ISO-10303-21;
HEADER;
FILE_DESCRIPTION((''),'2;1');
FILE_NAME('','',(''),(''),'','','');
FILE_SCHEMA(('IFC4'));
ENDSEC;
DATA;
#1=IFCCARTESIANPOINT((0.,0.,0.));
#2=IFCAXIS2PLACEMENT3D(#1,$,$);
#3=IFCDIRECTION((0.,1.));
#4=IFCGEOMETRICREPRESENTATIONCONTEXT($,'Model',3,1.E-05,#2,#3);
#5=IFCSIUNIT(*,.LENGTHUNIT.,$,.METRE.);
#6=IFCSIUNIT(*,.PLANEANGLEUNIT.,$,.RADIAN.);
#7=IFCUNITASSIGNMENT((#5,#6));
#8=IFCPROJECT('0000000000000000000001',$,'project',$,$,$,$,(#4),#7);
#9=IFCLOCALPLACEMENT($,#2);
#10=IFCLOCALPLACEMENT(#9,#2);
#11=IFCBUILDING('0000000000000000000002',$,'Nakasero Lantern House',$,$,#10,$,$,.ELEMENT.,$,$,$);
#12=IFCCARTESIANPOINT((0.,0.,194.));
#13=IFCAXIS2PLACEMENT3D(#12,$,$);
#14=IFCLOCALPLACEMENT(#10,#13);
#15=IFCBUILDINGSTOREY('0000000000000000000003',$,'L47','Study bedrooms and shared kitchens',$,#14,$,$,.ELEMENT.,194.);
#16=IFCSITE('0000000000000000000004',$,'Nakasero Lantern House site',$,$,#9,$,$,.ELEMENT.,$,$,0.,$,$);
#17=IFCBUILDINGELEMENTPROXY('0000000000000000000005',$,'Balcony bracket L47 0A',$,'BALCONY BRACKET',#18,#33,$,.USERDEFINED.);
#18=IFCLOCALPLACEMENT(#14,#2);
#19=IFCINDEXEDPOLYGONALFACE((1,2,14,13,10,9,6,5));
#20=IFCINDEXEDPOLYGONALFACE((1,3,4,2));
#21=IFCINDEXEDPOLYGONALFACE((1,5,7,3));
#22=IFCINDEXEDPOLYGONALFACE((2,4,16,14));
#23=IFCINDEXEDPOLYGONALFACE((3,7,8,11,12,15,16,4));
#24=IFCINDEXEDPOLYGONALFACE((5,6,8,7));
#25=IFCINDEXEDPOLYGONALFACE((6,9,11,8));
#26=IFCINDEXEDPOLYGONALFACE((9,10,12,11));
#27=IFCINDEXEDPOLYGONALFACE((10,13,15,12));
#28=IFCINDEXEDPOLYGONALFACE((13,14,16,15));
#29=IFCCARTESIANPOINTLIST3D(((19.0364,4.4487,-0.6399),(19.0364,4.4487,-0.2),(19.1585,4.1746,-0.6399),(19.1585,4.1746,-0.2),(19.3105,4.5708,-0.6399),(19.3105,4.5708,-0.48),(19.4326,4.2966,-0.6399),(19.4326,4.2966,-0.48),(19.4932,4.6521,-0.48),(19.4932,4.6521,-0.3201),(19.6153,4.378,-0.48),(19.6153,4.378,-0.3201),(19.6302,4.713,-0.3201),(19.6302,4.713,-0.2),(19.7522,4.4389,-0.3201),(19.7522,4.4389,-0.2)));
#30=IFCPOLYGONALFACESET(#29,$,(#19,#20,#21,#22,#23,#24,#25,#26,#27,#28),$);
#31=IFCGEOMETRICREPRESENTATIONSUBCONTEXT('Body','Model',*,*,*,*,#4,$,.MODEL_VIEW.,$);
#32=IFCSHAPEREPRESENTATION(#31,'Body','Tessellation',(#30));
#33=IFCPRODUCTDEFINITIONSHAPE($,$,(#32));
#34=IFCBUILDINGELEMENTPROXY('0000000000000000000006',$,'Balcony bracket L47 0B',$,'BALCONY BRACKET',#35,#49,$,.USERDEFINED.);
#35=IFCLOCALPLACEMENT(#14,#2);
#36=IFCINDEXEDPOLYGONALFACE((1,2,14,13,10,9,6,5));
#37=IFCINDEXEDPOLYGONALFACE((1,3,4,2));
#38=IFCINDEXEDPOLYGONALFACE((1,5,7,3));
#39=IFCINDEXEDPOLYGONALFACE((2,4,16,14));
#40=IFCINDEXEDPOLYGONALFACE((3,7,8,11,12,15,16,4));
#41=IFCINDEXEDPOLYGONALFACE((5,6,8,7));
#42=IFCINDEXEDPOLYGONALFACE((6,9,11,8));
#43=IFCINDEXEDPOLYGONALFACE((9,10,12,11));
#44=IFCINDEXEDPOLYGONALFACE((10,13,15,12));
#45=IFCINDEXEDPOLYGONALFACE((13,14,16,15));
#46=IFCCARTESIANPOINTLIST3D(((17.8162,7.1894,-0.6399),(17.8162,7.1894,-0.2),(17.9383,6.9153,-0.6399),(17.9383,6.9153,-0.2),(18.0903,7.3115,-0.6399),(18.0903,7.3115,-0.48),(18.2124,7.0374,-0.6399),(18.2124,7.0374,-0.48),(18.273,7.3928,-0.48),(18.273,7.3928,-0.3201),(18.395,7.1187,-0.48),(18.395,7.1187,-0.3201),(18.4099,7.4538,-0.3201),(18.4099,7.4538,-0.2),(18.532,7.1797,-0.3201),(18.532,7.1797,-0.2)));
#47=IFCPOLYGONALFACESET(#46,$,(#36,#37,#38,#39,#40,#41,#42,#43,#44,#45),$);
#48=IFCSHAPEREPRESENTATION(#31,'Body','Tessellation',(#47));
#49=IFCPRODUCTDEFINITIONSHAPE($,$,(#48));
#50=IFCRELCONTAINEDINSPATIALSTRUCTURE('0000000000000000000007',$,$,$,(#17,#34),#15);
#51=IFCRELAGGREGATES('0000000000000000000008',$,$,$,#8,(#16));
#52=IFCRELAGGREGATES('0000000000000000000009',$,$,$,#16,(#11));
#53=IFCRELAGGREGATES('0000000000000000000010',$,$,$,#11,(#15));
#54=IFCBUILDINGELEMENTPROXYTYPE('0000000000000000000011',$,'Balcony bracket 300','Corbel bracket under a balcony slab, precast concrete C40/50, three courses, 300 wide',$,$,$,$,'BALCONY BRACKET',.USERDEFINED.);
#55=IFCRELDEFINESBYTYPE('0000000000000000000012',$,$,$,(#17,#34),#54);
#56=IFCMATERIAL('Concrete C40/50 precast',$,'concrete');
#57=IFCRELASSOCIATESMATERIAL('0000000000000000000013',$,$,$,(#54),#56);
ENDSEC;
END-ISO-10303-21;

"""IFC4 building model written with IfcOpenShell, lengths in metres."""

from ifc_helpers import new_model, si_unit, direction, frame, origin, place, context, subcontext, project, spatial, polyline, outline, extrude, material, type_object, element, save


model = new_model("IFC4")

# Units and contexts
model_context = context("Model", 3, precision=1e-05, world=origin(), true_north=direction((0.0, 1.0)))
body_context = subcontext(model_context, "Body", "Model", "MODEL_VIEW")
ifc_project = project(units=[si_unit("LENGTHUNIT", "METRE"), si_unit("PLANEANGLEUNIT", "RADIAN")], contexts=[model_context])

# Site, building, storey
site_placement = place(None, origin())
site = spatial("IfcSite", under=ifc_project, at=site_placement, Name="Nakasero Lantern House site", CompositionType="ELEMENT", RefElevation=0.0)
building_placement = place(site_placement, origin())
building = spatial("IfcBuilding", under=site, at=building_placement, Name="Nakasero Lantern House", CompositionType="ELEMENT")
storey_placement = place(building_placement, frame((0.0, 0.0, 194.0)))
storey = spatial("IfcBuildingStorey", under=building, at=storey_placement, Name="L47", Description="Study bedrooms and shared kitchens", CompositionType="ELEMENT", Elevation=194.0)

# Building element proxies
ifc_material_1 = material(Name="Concrete C40/50 precast", Category="concrete")
building_element_proxy_type = type_object("IfcBuildingElementProxyType", Name="Balcony bracket 300", Description="Corbel bracket under a balcony slab, precast concrete C40/50, three courses, 300 wide", ElementType="BALCONY BRACKET", PredefinedType="USERDEFINED", material=ifc_material_1)
for number, where, z_axis, x_axis, name in (
    (1, (19.0974, 4.3118, -0.2), (0.0, 0.0, 1.0), (0.913545, 0.406737, 0.0), "Balcony bracket L47 0A"),
    (2, (17.8772, 7.0525, -0.2), (0.0, 0.0, 1.0), (0.913545, 0.406737, 0.0), "Balcony bracket L47 0B"),
):
    element("IfcBuildingElementProxy", number, at=place(storey_placement, frame(where, z_axis=z_axis, x_axis=x_axis)), inside=storey, type_object=building_element_proxy_type, Name=name, ObjectType="BALCONY BRACKET", PredefinedType="USERDEFINED", context=body_context, shape_type="SweptSolid", body=[
        extrude(outline(polyline([(0.0, 0.0), (0.6499, 0.0), (0.6499, -0.1201), (0.5, -0.1201), (0.5, -0.28), (0.3, -0.28), (0.3, -0.4399), (0.0, -0.4399), (0.0, 0.0)])), frame((0.0, 0.1499, 0.0), z_axis=(0.0, -1.0, 0.0), x_axis=(1.0, 0.0, 0.0)), (0.0, 0.0, 1.0), 0.3),
    ])

save(model, "model.ifc")
